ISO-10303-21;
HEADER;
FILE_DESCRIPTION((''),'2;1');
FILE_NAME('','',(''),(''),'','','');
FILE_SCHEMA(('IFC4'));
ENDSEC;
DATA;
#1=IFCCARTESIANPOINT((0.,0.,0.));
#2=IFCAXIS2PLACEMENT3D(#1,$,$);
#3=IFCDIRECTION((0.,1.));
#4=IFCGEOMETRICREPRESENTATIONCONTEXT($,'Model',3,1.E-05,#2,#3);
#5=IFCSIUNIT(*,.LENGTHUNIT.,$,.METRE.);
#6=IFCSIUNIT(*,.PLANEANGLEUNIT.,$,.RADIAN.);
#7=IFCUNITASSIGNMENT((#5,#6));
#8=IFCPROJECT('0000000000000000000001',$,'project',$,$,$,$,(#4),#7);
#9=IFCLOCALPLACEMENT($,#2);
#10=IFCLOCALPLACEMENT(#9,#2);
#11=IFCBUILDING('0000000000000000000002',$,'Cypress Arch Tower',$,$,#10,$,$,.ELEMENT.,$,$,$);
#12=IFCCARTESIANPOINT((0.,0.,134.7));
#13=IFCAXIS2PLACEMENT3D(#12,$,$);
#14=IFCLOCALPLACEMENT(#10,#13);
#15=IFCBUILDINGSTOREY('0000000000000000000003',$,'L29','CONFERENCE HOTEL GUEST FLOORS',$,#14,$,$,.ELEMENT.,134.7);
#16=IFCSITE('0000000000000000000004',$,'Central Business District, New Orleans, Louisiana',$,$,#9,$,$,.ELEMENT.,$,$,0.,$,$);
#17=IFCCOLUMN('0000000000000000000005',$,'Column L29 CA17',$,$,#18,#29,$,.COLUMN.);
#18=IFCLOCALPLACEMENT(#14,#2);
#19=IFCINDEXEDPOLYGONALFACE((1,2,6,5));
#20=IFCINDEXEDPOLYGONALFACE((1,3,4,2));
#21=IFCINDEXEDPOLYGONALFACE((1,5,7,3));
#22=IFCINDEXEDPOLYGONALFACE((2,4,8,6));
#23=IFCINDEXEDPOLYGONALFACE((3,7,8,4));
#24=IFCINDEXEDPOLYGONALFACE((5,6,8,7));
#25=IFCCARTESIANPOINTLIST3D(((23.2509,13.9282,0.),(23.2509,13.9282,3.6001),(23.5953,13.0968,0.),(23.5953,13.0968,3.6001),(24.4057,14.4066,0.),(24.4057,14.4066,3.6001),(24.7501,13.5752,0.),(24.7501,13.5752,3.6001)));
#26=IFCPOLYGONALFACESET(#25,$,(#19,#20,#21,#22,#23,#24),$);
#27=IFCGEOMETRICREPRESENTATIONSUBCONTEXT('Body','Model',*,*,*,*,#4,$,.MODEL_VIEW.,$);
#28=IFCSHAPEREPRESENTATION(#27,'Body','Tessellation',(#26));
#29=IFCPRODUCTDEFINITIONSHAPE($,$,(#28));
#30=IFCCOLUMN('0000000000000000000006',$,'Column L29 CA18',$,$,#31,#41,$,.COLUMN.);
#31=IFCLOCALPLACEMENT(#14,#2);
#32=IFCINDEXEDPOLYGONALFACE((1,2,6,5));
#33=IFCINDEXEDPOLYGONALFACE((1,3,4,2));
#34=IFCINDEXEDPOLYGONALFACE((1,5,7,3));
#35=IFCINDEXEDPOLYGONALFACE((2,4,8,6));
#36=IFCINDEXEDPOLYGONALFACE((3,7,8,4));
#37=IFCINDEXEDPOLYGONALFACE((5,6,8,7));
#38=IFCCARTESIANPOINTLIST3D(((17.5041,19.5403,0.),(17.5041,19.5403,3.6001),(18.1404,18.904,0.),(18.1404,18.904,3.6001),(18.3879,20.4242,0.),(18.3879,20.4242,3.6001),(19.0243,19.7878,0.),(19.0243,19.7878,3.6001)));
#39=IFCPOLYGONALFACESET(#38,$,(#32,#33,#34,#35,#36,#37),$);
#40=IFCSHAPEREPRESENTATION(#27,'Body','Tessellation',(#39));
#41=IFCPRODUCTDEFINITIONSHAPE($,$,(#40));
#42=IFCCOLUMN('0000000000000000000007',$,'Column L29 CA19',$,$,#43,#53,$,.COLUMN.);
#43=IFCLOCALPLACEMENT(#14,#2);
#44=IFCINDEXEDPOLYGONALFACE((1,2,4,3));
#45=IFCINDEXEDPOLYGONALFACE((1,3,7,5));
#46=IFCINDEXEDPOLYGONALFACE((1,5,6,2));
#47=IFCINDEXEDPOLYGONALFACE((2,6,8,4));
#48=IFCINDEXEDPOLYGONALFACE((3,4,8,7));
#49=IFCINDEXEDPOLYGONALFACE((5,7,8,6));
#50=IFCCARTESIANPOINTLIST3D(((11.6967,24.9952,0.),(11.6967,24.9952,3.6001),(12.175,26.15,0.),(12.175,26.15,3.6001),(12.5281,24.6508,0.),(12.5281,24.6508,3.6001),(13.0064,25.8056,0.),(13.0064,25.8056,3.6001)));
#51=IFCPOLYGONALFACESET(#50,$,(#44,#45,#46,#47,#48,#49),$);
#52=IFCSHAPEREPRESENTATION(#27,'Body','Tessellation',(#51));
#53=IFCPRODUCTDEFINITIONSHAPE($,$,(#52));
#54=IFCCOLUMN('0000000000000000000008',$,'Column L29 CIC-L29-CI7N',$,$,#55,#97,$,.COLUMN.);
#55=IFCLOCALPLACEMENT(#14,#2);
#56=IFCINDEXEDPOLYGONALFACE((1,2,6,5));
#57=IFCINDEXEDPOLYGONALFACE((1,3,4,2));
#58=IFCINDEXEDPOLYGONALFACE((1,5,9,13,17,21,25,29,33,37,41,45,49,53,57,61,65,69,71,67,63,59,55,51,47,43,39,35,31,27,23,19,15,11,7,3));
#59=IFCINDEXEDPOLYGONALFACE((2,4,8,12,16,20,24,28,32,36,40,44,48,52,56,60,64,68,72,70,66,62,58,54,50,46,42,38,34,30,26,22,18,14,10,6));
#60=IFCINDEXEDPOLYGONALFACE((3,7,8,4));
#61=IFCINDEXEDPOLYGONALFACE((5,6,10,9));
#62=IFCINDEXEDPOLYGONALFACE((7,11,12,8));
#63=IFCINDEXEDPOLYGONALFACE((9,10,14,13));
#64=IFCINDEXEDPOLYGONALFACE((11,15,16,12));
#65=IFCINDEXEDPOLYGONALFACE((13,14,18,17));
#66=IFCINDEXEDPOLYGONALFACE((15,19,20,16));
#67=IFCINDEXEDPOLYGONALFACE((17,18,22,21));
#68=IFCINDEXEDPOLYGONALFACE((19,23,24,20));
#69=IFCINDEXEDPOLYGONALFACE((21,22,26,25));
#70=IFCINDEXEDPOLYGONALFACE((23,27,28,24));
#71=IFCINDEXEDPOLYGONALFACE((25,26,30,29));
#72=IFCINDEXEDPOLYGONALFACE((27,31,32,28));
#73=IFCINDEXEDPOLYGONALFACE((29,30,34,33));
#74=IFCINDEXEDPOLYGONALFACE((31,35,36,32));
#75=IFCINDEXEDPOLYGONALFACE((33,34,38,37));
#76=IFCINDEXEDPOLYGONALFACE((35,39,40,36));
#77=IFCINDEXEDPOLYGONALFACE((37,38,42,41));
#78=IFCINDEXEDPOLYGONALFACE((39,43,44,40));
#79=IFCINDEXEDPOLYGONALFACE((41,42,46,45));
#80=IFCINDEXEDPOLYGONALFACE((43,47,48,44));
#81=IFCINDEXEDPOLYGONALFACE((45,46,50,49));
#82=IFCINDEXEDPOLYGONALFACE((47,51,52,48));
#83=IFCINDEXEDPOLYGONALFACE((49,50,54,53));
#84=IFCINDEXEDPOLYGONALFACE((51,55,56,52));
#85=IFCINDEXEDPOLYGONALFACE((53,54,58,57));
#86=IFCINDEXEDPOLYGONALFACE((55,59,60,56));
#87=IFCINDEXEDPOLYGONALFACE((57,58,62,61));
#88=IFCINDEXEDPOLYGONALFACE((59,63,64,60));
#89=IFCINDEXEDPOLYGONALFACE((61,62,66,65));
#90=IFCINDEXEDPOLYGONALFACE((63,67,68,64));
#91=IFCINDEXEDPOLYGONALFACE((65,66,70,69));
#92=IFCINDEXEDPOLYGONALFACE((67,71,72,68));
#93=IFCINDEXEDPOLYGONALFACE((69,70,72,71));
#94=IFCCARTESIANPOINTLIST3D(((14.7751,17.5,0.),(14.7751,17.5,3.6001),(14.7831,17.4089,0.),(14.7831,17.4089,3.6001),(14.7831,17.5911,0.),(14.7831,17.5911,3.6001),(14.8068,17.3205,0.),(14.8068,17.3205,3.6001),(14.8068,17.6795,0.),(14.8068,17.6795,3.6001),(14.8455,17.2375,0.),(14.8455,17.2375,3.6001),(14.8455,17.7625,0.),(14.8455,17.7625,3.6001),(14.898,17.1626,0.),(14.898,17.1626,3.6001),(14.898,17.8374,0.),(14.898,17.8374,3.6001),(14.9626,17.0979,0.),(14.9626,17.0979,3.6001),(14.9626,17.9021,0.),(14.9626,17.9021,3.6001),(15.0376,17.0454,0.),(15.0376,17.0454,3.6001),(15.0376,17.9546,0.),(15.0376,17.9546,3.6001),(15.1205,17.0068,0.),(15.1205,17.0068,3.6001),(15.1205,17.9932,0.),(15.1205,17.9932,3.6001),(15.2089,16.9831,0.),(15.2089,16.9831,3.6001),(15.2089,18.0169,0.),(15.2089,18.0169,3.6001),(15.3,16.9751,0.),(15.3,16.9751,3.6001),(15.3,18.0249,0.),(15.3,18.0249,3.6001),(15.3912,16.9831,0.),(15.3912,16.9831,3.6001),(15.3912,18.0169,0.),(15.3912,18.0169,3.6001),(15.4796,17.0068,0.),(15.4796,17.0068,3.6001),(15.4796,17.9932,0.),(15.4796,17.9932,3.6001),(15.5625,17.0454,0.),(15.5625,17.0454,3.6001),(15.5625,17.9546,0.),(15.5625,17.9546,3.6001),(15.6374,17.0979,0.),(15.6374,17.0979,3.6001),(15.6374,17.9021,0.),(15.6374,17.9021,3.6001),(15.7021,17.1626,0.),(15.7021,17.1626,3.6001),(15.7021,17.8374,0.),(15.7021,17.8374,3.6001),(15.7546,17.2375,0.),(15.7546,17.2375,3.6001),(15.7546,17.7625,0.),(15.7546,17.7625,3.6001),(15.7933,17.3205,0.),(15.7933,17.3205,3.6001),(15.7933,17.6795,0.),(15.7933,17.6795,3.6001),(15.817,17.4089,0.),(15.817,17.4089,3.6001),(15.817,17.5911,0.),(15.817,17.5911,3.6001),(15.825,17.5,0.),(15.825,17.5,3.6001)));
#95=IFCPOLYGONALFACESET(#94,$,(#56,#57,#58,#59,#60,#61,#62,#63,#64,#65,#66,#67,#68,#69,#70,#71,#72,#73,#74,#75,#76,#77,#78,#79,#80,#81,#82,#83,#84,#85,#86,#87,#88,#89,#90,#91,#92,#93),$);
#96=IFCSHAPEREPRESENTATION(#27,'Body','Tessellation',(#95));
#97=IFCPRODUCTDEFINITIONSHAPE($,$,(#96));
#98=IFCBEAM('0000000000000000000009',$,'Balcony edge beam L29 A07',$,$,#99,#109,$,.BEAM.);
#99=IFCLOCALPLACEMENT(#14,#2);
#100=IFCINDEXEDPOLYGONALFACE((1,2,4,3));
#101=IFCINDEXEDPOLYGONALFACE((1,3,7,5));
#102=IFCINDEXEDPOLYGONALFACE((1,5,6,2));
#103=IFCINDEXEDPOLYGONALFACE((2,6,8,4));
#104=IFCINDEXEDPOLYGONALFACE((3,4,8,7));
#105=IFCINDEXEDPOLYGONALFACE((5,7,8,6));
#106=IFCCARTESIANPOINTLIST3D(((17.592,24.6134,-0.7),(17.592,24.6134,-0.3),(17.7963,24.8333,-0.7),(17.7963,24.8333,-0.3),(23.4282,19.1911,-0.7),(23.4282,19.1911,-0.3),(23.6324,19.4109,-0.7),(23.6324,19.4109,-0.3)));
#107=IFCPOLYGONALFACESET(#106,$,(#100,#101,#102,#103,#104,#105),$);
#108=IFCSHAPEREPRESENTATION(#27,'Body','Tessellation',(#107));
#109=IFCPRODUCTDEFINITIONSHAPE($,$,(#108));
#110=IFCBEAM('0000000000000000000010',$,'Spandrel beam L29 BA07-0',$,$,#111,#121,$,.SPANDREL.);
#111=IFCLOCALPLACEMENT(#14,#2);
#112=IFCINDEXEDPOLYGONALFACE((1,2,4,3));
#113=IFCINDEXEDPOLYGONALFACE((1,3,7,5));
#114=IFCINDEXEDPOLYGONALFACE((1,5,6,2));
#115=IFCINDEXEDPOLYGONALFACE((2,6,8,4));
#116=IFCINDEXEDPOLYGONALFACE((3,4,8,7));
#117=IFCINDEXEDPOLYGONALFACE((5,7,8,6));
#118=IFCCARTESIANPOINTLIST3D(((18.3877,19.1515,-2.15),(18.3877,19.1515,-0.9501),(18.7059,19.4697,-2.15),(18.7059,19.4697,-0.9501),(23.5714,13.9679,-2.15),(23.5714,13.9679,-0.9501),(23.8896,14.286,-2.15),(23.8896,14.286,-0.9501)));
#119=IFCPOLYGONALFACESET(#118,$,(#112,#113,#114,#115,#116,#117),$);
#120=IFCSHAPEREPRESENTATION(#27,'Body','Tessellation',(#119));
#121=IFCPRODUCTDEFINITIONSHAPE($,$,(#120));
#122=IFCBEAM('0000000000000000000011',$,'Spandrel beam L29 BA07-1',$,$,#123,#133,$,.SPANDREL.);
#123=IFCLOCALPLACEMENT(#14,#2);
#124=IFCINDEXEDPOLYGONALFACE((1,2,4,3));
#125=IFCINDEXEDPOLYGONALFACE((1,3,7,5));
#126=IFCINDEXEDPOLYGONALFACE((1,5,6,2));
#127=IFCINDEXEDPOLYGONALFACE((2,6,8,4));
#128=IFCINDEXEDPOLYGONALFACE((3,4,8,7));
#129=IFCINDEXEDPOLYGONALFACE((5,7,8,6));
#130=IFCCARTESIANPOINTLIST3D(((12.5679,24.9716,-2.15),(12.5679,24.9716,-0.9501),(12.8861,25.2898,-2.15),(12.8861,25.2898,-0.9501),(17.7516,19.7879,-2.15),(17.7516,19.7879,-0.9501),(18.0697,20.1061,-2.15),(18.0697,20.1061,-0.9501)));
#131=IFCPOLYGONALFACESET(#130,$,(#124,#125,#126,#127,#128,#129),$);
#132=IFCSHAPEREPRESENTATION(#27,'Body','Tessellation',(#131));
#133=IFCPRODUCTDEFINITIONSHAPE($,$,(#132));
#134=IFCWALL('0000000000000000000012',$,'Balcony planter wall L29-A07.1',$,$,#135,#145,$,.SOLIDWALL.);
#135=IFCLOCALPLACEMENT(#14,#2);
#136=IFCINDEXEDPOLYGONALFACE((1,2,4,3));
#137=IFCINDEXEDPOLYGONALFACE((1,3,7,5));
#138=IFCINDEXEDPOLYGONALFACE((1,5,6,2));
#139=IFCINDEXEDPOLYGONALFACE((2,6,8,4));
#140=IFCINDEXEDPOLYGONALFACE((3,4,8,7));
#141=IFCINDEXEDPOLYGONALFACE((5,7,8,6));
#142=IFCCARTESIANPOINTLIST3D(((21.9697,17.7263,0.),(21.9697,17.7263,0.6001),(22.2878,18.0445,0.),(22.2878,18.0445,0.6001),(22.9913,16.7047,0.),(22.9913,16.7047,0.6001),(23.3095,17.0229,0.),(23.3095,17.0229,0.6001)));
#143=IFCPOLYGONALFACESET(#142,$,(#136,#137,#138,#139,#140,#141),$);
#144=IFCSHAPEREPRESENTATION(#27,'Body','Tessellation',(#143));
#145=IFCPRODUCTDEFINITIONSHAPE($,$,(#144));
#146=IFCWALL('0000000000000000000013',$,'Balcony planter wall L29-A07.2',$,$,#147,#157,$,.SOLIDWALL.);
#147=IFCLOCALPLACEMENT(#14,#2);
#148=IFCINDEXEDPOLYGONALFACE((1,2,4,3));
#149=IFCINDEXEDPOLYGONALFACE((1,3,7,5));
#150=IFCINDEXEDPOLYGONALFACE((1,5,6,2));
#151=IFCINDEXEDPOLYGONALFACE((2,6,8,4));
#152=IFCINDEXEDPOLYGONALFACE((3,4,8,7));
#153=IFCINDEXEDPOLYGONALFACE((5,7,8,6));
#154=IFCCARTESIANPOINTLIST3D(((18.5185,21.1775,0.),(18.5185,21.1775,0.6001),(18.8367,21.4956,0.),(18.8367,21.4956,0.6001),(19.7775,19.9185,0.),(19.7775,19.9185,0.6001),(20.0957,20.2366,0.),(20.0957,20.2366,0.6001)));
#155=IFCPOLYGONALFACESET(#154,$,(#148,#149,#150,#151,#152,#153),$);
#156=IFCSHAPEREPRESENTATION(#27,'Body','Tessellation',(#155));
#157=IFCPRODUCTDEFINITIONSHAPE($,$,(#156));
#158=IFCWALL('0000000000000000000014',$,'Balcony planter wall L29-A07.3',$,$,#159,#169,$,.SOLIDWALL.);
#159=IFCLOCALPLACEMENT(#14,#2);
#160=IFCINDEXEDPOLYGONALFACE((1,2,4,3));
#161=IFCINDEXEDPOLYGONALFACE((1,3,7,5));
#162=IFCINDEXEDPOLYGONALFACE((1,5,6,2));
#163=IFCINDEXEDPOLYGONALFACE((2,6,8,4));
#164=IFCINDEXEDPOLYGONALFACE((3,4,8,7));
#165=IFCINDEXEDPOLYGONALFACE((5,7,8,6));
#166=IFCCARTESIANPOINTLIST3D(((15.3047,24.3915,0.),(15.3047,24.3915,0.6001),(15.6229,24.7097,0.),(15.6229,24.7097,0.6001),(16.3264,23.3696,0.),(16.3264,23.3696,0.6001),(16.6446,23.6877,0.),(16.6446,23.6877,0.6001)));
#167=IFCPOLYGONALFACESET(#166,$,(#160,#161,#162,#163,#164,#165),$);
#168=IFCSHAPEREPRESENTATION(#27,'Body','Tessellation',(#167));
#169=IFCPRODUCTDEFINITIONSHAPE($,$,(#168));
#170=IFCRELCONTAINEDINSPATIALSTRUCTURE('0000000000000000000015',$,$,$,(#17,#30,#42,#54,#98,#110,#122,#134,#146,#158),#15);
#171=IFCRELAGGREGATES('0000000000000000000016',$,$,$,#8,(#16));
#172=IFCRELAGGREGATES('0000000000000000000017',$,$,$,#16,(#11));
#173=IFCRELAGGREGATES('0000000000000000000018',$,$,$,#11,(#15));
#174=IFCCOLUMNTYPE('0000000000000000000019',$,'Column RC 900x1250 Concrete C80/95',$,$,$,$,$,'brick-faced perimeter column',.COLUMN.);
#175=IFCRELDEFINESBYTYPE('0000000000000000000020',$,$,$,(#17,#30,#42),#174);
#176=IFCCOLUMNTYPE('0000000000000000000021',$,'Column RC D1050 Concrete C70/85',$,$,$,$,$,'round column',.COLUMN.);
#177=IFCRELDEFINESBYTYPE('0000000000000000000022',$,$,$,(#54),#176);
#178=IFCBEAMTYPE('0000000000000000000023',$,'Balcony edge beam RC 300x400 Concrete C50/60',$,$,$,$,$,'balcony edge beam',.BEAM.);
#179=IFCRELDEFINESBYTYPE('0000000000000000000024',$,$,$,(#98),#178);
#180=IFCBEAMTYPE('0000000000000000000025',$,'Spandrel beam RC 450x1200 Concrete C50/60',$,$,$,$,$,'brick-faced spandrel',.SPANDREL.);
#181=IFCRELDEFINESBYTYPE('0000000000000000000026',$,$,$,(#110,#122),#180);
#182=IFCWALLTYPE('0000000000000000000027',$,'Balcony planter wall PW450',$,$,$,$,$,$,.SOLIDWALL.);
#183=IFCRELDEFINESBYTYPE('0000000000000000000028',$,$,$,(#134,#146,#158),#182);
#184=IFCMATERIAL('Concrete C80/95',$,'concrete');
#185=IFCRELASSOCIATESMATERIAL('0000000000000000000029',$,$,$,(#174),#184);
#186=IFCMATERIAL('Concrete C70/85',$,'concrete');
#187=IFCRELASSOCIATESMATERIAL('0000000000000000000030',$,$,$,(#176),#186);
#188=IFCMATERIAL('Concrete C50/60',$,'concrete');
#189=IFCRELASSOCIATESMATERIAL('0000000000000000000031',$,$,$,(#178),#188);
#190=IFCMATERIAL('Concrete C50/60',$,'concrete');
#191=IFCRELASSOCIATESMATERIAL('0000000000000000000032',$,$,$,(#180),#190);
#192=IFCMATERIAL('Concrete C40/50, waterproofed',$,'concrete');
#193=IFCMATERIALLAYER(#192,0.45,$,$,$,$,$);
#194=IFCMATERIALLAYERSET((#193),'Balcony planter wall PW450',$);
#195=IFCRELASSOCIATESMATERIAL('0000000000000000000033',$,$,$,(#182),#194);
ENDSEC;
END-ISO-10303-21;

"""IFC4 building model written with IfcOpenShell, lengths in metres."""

from ifc_helpers import new_model, si_unit, direction, frame, frame_2d, origin, origin_2d, place, context, subcontext, project, spatial, rectangle, circle, extrude, material, layer, layer_set, material_profile, profile_set, type_object, element, save


model = new_model("IFC4")

# Units and contexts
model_context = context("Model", 3, precision=1e-05, world=origin(), true_north=direction((0.0, 1.0)))
body_context = subcontext(model_context, "Body", "Model", "MODEL_VIEW")
ifc_project = project(units=[si_unit("LENGTHUNIT", "METRE"), si_unit("PLANEANGLEUNIT", "RADIAN")], contexts=[model_context])

# Site, building, storey
site_placement = place(None, origin())
site = spatial("IfcSite", under=ifc_project, at=site_placement, Name="Central Business District, New Orleans, Louisiana", CompositionType="ELEMENT", RefElevation=0.0)
building_placement = place(site_placement, origin())
building = spatial("IfcBuilding", under=site, at=building_placement, Name="Cypress Arch Tower", CompositionType="ELEMENT")
storey_placement = place(building_placement, frame((0.0, 0.0, 134.7)))
storey = spatial("IfcBuildingStorey", under=building, at=storey_placement, Name="L29", Description="CONFERENCE HOTEL GUEST FLOORS", CompositionType="ELEMENT", Elevation=134.7)

# Columns
ifc_material_1 = material(Name="Concrete C80/95", Category="concrete")
ifc_material_profile_1 = material_profile(ifc_material_1, rectangle(XDim=0.8999, YDim=1.25, at=origin_2d()), Name="RC 900x1250")
ifc_profile_set_1 = profile_set([ifc_material_profile_1], Name="Concrete C80/95")
column_type_1 = type_object("IfcColumnType", Name="Column RC 900x1250 Concrete C80/95", ElementType="brick-faced perimeter column", PredefinedType="COLUMN", material=ifc_profile_set_1)
for number, where, z_axis, x_axis, name in (
    (1, (24.0005, 13.7517, 0.0), (0.0, 0.0, 1.0), (-0.382683, 0.92388, 0.0), "Column L29 CA17"),
    (2, (18.2642, 19.6641, 0.0), (0.0, 0.0, 1.0), (-0.707107, 0.707107, 0.0), "Column L29 CA18"),
    (3, (12.3516, 25.4004, 0.0), (0.0, 0.0, 1.0), (-0.92388, 0.382683, 0.0), "Column L29 CA19"),
):
    element("IfcColumn", number, at=place(storey_placement, frame(where, z_axis=z_axis, x_axis=x_axis)), inside=storey, type_object=column_type_1, Name=name, PredefinedType="COLUMN", context=body_context, shape_type="SweptSolid", body=[
        extrude(rectangle(XDim=0.8999, YDim=1.25, at=origin_2d()), origin(), (0.0, 0.0, 1.0), 3.6001),
    ])
ifc_material_2 = material(Name="Concrete C70/85", Category="concrete")
ifc_material_profile_2 = material_profile(ifc_material_2, circle(Radius=0.5249, at=origin_2d()), Name="RC D1050")
ifc_profile_set_2 = profile_set([ifc_material_profile_2], Name="Concrete C70/85")
column_type_2 = type_object("IfcColumnType", Name="Column RC D1050 Concrete C70/85", ElementType="round column", PredefinedType="COLUMN", material=ifc_profile_set_2)
column_placement = place(storey_placement, frame((15.3, 17.5, 0.0), z_axis=(0.0, 0.0, 1.0), x_axis=(1.0, 0.0, 0.0)))
element("IfcColumn", 4, at=column_placement, inside=storey, type_object=column_type_2, Name="Column L29 CIC-L29-CI7N", PredefinedType="COLUMN", context=body_context, shape_type="SweptSolid", body=[
    extrude(circle(Radius=0.5249, at=origin_2d()), origin(), (0.0, 0.0, 1.0), 3.6001),
])

# Beams
ifc_material_3 = material(Name="Concrete C50/60", Category="concrete")
ifc_material_profile_3 = material_profile(ifc_material_3, rectangle(XDim=0.3, YDim=0.3999, at=origin_2d()), Name="RC 300x400")
ifc_profile_set_3 = profile_set([ifc_material_profile_3], Name="Concrete C50/60")
beam_type_1 = type_object("IfcBeamType", Name="Balcony edge beam RC 300x400 Concrete C50/60", ElementType="balcony edge beam", PredefinedType="BEAM", material=ifc_profile_set_3)
beam_placement = place(storey_placement, frame((23.5303, 19.301, -0.5), z_axis=(-0.732602, 0.680657, 0.0), x_axis=(-0.680657, -0.732602, 0.0)))
element("IfcBeam", 5, at=beam_placement, inside=storey, type_object=beam_type_1, Name="Balcony edge beam L29 A07", PredefinedType="BEAM", context=body_context, shape_type="SweptSolid", body=[
    extrude(rectangle(XDim=0.3, YDim=0.3999, at=origin_2d()), origin(), (0.0, 0.0, 1.0), 7.9663),
])
ifc_material_4 = material(Name="Concrete C50/60", Category="concrete")
ifc_material_profile_4 = material_profile(ifc_material_4, rectangle(XDim=0.45, YDim=1.2, at=origin_2d()), Name="RC 450x1200")
ifc_profile_set_4 = profile_set([ifc_material_profile_4], Name="Concrete C50/60")
beam_type_2 = type_object("IfcBeamType", Name="Spandrel beam RC 450x1200 Concrete C50/60", ElementType="brick-faced spandrel", PredefinedType="SPANDREL", material=ifc_profile_set_4)
for number, where, z_axis, x_axis, name in (
    (6, (23.7305, 14.127, -1.55), (-0.707107, 0.707107, 0.0), (-0.707107, -0.707107, 0.0), "Spandrel beam L29 BA07-0"),
    (7, (17.9106, 19.947, -1.55), (-0.707107, 0.707107, 0.0), (-0.707107, -0.707107, 0.0), "Spandrel beam L29 BA07-1"),
):
    element("IfcBeam", number, at=place(storey_placement, frame(where, z_axis=z_axis, x_axis=x_axis)), inside=storey, type_object=beam_type_2, Name=name, PredefinedType="SPANDREL", context=body_context, shape_type="SweptSolid", body=[
        extrude(rectangle(XDim=0.45, YDim=1.2, at=origin_2d()), origin(), (0.0, 0.0, 1.0), 7.3308),
    ])

# Walls
ifc_material_5 = material(Name="Concrete C40/50, waterproofed", Category="concrete")
ifc_layer_1 = layer(ifc_material_5, 0.45)
ifc_layer_set_1 = layer_set([ifc_layer_1], Name="Balcony planter wall PW450")
wall_type_1 = type_object("IfcWallType", Name="Balcony planter wall PW450", PredefinedType="SOLIDWALL", material=ifc_layer_set_1)
wall_1_placement = place(storey_placement, frame((23.1504, 16.8638, 0.0), z_axis=(0.0, 0.0, 1.0), x_axis=(-0.707107, 0.707107, 0.0)))
element("IfcWall", 8, at=wall_1_placement, inside=storey, type_object=wall_type_1, Name="Balcony planter wall L29-A07.1", PredefinedType="SOLIDWALL", context=body_context, shape_type="SweptSolid", body=[
    extrude(rectangle(XDim=1.4448, YDim=0.45, at=frame_2d((0.7224, 0.0))), origin(), (0.0, 0.0, 1.0), 0.6001),
])
wall_2_placement = place(storey_placement, frame((19.9365, 20.0776, 0.0), z_axis=(0.0, 0.0, 1.0), x_axis=(-0.707107, 0.707107, 0.0)))
element("IfcWall", 9, at=wall_2_placement, inside=storey, type_object=wall_type_1, Name="Balcony planter wall L29-A07.2", PredefinedType="SOLIDWALL", context=body_context, shape_type="SweptSolid", body=[
    extrude(rectangle(XDim=1.7805, YDim=0.45, at=frame_2d((0.8901, 0.0))), origin(), (0.0, 0.0, 1.0), 0.6001),
])
wall_3_placement = place(storey_placement, frame((16.4856, 23.5286, 0.0), z_axis=(0.0, 0.0, 1.0), x_axis=(-0.707022, 0.707191, 0.0)))
element("IfcWall", 10, at=wall_3_placement, inside=storey, type_object=wall_type_1, Name="Balcony planter wall L29-A07.3", PredefinedType="SOLIDWALL", context=body_context, shape_type="SweptSolid", body=[
    extrude(rectangle(XDim=1.4451, YDim=0.45, at=frame_2d((0.7227, 0.0))), origin(), (0.0, 0.0, 1.0), 0.6001),
])

save(model, "model.ifc")
